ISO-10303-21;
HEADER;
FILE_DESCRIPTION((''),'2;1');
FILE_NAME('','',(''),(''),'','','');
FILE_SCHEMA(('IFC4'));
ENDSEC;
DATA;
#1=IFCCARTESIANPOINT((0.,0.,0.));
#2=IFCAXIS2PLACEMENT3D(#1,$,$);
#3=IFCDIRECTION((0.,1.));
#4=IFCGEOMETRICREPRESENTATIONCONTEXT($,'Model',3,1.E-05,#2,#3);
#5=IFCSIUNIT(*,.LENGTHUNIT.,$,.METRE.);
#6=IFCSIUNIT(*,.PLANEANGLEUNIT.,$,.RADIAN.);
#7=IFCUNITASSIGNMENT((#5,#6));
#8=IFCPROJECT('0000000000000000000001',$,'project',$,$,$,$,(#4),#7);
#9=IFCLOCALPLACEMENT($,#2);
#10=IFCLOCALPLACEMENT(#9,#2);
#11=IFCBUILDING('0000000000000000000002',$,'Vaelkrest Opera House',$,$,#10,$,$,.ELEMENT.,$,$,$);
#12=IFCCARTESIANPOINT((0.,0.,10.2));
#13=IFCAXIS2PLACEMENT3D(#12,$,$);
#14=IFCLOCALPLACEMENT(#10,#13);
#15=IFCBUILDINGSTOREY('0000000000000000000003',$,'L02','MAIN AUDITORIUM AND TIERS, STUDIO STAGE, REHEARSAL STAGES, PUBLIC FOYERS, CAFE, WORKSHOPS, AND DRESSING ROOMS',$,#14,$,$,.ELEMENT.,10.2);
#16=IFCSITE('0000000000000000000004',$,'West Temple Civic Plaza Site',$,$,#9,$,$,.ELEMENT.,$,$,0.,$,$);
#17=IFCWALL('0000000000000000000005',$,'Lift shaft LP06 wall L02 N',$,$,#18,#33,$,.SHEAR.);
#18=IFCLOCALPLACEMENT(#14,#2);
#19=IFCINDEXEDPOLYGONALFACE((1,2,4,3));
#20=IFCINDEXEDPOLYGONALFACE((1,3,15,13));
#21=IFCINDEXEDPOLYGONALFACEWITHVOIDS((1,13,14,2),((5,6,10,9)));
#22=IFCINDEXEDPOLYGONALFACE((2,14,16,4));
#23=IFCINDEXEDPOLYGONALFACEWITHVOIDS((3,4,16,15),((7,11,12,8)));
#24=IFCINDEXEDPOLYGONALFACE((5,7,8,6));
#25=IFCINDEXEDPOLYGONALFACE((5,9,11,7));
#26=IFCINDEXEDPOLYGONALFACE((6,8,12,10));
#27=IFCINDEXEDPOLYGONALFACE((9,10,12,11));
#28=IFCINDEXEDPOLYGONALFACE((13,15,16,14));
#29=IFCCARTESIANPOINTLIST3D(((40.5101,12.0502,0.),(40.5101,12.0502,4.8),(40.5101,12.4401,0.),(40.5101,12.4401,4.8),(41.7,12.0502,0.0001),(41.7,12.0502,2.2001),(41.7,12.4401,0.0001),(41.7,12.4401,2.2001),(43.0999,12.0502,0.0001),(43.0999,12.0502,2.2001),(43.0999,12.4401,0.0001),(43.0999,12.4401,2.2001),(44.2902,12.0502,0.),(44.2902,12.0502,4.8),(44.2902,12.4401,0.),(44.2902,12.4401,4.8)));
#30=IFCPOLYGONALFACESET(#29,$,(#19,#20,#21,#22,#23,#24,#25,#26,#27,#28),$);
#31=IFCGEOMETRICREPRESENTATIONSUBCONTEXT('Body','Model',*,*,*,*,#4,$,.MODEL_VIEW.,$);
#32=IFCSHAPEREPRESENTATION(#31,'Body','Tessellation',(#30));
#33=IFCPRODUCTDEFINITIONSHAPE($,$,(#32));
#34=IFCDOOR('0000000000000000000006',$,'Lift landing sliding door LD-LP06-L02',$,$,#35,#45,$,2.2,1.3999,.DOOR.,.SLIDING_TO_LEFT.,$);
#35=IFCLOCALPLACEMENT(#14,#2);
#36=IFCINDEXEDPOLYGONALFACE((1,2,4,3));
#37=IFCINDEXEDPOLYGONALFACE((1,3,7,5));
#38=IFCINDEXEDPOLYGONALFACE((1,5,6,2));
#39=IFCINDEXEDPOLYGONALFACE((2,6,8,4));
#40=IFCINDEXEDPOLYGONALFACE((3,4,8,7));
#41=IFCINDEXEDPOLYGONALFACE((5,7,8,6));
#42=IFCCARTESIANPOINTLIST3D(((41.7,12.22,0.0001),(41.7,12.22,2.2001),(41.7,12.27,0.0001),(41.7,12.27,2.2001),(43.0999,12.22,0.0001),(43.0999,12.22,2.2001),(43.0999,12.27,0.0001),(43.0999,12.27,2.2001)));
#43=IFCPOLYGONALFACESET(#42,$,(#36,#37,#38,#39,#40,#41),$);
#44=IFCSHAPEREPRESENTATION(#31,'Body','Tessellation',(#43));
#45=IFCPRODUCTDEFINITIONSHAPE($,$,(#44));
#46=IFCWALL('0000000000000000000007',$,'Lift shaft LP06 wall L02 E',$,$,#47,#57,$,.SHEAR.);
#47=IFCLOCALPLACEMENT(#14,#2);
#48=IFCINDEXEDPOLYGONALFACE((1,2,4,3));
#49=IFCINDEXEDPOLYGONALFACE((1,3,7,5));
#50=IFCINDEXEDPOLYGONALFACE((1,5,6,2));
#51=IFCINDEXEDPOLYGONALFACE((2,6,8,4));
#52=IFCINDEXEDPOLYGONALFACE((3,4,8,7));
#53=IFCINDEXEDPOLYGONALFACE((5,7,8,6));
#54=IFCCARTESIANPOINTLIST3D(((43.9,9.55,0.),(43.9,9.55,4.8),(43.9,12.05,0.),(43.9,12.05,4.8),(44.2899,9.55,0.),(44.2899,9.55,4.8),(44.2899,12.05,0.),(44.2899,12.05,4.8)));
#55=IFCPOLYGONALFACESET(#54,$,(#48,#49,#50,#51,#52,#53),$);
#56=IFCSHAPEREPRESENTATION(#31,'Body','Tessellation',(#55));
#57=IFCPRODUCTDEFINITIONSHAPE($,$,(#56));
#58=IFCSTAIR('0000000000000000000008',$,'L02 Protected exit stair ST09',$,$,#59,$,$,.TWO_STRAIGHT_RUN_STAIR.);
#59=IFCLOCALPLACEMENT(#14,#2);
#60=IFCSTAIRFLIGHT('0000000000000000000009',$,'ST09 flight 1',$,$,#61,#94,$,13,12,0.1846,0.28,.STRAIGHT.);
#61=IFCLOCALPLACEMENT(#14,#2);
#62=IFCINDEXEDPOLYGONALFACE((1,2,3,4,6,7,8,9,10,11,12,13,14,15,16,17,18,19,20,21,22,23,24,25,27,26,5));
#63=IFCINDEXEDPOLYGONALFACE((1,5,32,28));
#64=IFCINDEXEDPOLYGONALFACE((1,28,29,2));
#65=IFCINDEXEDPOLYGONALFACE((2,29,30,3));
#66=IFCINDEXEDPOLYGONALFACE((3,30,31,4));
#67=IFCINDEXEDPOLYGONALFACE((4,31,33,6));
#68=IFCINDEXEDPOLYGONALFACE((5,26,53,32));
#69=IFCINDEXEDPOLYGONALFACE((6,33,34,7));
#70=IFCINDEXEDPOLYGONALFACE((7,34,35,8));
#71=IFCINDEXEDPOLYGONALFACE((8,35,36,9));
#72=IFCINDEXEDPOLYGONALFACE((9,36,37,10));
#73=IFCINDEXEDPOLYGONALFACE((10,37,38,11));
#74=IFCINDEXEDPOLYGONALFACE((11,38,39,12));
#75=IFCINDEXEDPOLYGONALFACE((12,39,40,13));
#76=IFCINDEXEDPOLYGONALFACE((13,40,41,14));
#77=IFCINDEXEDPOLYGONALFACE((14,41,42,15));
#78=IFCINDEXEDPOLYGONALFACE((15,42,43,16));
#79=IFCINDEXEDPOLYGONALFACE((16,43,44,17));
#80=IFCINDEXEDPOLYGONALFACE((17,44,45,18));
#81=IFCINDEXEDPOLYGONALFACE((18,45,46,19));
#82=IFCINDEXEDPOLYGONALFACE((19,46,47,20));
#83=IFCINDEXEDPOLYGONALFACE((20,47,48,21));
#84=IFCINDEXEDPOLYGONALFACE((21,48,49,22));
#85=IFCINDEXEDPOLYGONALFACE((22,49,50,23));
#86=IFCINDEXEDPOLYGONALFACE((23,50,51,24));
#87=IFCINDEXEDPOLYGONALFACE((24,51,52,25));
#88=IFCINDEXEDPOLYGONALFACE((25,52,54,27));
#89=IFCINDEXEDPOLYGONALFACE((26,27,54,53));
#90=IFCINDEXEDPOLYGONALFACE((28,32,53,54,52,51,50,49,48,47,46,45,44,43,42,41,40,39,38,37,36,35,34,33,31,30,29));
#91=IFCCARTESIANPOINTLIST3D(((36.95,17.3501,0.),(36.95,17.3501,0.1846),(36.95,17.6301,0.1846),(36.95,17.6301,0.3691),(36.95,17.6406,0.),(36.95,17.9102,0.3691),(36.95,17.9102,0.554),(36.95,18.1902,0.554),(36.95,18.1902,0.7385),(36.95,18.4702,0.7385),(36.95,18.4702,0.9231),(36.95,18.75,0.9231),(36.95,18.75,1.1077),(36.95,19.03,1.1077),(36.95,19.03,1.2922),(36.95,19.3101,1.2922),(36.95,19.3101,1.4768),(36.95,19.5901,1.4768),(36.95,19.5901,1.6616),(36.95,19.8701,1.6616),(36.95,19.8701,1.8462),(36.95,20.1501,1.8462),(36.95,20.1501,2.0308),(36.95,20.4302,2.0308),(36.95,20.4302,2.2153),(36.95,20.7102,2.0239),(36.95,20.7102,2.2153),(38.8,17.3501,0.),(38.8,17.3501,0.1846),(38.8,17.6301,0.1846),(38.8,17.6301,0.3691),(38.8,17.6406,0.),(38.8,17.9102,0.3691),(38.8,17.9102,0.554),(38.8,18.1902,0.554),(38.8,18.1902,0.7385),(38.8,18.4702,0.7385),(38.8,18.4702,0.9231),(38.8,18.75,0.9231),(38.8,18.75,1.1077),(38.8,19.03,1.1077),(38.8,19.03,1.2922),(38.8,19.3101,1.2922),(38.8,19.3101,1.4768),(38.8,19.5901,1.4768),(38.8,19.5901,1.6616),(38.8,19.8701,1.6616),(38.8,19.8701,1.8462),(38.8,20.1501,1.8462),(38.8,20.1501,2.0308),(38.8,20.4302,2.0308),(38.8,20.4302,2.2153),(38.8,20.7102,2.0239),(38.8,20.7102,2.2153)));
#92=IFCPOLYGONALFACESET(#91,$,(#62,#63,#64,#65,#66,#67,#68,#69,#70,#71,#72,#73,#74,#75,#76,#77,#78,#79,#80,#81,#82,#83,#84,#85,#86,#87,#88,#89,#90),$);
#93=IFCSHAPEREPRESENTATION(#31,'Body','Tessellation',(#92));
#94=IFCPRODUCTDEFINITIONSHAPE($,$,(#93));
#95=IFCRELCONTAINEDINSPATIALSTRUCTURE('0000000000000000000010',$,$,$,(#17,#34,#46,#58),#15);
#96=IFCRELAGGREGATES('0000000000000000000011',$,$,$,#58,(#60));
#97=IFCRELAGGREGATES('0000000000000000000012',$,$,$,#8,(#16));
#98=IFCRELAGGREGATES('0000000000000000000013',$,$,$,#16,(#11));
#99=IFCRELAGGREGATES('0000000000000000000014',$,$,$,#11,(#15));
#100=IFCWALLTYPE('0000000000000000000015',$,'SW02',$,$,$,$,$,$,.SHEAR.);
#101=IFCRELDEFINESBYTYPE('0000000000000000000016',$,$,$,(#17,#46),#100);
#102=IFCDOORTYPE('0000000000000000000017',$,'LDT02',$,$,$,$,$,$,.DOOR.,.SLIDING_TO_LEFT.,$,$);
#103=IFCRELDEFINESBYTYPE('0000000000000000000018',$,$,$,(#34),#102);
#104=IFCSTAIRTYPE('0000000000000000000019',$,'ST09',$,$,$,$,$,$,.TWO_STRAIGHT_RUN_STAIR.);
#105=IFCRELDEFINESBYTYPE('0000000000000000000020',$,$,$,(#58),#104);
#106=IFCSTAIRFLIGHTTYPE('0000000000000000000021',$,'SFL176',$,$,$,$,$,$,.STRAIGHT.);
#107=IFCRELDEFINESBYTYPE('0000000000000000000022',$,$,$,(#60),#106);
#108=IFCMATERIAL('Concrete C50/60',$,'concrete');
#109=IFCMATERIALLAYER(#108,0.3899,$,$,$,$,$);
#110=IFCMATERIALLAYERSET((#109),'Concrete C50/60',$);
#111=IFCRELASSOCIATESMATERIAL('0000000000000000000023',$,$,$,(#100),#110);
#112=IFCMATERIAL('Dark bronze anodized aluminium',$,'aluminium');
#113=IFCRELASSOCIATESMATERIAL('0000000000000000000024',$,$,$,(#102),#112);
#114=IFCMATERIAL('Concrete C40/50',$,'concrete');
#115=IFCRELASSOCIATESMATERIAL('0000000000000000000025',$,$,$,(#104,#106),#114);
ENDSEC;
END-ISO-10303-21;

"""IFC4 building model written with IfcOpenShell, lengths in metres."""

from ifc_helpers import new_model, si_unit, direction, frame, frame_2d, origin, place, context, subcontext, project, spatial, polyline, rectangle, outline, extrude, material, layer, layer_set, type_object, element, fill, aggregate, save


model = new_model("IFC4")

# Units and contexts
model_context = context("Model", 3, precision=1e-05, world=origin(), true_north=direction((0.0, 1.0)))
body_context = subcontext(model_context, "Body", "Model", "MODEL_VIEW")
ifc_project = project(units=[si_unit("LENGTHUNIT", "METRE"), si_unit("PLANEANGLEUNIT", "RADIAN")], contexts=[model_context])

# Site, building, storey
site_placement = place(None, origin())
site = spatial("IfcSite", under=ifc_project, at=site_placement, Name="West Temple Civic Plaza Site", CompositionType="ELEMENT", RefElevation=0.0)
building_placement = place(site_placement, origin())
building = spatial("IfcBuilding", under=site, at=building_placement, Name="Vaelkrest Opera House", CompositionType="ELEMENT")
storey_placement = place(building_placement, frame((0.0, 0.0, 10.2)))
storey = spatial("IfcBuildingStorey", under=building, at=storey_placement, Name="L02", Description="MAIN AUDITORIUM AND TIERS, STUDIO STAGE, REHEARSAL STAGES, PUBLIC FOYERS, CAFE, WORKSHOPS, AND DRESSING ROOMS", CompositionType="ELEMENT", Elevation=10.2)

# Shared definitions
ifc_material_1 = material(Name="Concrete C50/60", Category="concrete")

# Shared definitions
ifc_material_2 = material(Name="Dark bronze anodized aluminium", Category="aluminium")

# Wall, opening, door
ifc_layer_1 = layer(ifc_material_1, 0.3899)
ifc_layer_set_1 = layer_set([ifc_layer_1], Name="Concrete C50/60")
wall_type_1 = type_object("IfcWallType", Name="SW02", PredefinedType="SHEAR", material=ifc_layer_set_1)
wall_1_placement = place(storey_placement, frame((40.51, 12.2451, 0.0), z_axis=(0.0, 0.0, 1.0), x_axis=(1.0, 0.0, 0.0)))
wall_1 = element("IfcWall", 1, at=wall_1_placement, inside=storey, type_object=wall_type_1, Name="Lift shaft LP06 wall L02 N", PredefinedType="SHEAR", context=body_context, shape_type="SweptSolid", body=[
    extrude(rectangle(XDim=3.78, YDim=0.3899, at=frame_2d((1.8901, 0.0))), origin(), (0.0, 0.0, 1.0), 4.8),
])
opening_1_placement = place(wall_1_placement, frame((1.1899, 0.0, 0.0)))
opening_1 = element("IfcOpeningElement", 2, at=opening_1_placement, cuts=wall_1, PredefinedType="OPENING", context=body_context, shape_type="SweptSolid", body=[
    extrude(rectangle(XDim=1.3999, YDim=2.2, at=frame_2d((0.7, 1.1001))), frame((0.0, 0.2048, 0.0), z_axis=(0.0, -1.0, 0.0), x_axis=(1.0, 0.0, 0.0)), (0.0, 0.0, 1.0), 0.4099),
])
door_type_1 = type_object("IfcDoorType", Name="LDT02", OperationType="SLIDING_TO_LEFT", PredefinedType="DOOR", material=ifc_material_2)
door_1_placement = place(opening_1_placement, origin())
door_1 = element("IfcDoor", 3, at=door_1_placement, inside=storey, type_object=door_type_1, Name="Lift landing sliding door LD-LP06-L02", OperationType="SLIDING_TO_LEFT", OverallHeight=2.2, OverallWidth=1.3999, PredefinedType="DOOR", context=body_context, shape_type="SweptSolid", body=[
    extrude(rectangle(XDim=1.3999, YDim=2.2, at=frame_2d((0.7, 1.1001))), frame((0.0, 0.0249, 0.0), z_axis=(0.0, -1.0, 0.0), x_axis=(1.0, 0.0, 0.0)), (0.0, 0.0, 1.0), 0.05),
])
fill(opening_1, door_1)

# Wall
wall_2_placement = place(storey_placement, frame((44.095, 12.05, 0.0), z_axis=(0.0, 0.0, 1.0), x_axis=(0.0, -1.0, 0.0)))
element("IfcWall", 4, at=wall_2_placement, inside=storey, type_object=wall_type_1, Name="Lift shaft LP06 wall L02 E", PredefinedType="SHEAR", context=body_context, shape_type="SweptSolid", body=[
    extrude(rectangle(XDim=2.5, YDim=0.3899, at=frame_2d((1.25, 0.0))), origin(), (0.0, 0.0, 1.0), 4.8),
])

# Stair, stair flight
ifc_material_3 = material(Name="Concrete C40/50", Category="concrete")
stair_type = type_object("IfcStairType", Name="ST09", PredefinedType="TWO_STRAIGHT_RUN_STAIR", material=ifc_material_3)
stair_placement = place(storey_placement, origin())
stair = element("IfcStair", 5, at=stair_placement, inside=storey, type_object=stair_type, Name="L02 Protected exit stair ST09", PredefinedType="TWO_STRAIGHT_RUN_STAIR")
stair_flight_type = type_object("IfcStairFlightType", Name="SFL176", PredefinedType="STRAIGHT", material=ifc_material_3)
stair_flight_placement = place(storey_placement, frame((37.875, 17.3501, 0.0), z_axis=(0.0, 0.0, 1.0), x_axis=(0.0, 1.0, 0.0)))
stair_flight = element("IfcStairFlight", 6, at=stair_flight_placement, type_object=stair_flight_type, Name="ST09 flight 1", NumberOfRisers=13, NumberOfTreads=12, PredefinedType="STRAIGHT", RiserHeight=0.1846, TreadLength=0.28, context=body_context, shape_type="SweptSolid", body=[
    extrude(outline(polyline([(0.0, 0.0), (0.0, 0.1846), (0.28, 0.1846), (0.28, 0.3691), (0.5601, 0.3691), (0.5601, 0.554), (0.8401, 0.554), (0.8401, 0.7385), (1.1201, 0.7385), (1.1201, 0.9231), (1.3999, 0.9231), (1.3999, 1.1077), (1.6799, 1.1077), (1.6799, 1.2922), (1.96, 1.2922), (1.96, 1.4768), (2.24, 1.4768), (2.24, 1.6616), (2.52, 1.6616), (2.52, 1.8462), (2.8, 1.8462), (2.8, 2.0308), (3.0801, 2.0308), (3.0801, 2.2153), (3.3601, 2.2153), (3.3601, 2.3999), (3.3601, 2.0239), (0.2905, 0.0), (0.0, 0.0)])), frame((0.0, 0.925, 0.0), z_axis=(0.0, -1.0, 0.0), x_axis=(1.0, 0.0, 0.0)), (0.0, 0.0, 1.0), 1.8501),
])
aggregate(stair, [stair_flight])

save(model, "model.ifc")
